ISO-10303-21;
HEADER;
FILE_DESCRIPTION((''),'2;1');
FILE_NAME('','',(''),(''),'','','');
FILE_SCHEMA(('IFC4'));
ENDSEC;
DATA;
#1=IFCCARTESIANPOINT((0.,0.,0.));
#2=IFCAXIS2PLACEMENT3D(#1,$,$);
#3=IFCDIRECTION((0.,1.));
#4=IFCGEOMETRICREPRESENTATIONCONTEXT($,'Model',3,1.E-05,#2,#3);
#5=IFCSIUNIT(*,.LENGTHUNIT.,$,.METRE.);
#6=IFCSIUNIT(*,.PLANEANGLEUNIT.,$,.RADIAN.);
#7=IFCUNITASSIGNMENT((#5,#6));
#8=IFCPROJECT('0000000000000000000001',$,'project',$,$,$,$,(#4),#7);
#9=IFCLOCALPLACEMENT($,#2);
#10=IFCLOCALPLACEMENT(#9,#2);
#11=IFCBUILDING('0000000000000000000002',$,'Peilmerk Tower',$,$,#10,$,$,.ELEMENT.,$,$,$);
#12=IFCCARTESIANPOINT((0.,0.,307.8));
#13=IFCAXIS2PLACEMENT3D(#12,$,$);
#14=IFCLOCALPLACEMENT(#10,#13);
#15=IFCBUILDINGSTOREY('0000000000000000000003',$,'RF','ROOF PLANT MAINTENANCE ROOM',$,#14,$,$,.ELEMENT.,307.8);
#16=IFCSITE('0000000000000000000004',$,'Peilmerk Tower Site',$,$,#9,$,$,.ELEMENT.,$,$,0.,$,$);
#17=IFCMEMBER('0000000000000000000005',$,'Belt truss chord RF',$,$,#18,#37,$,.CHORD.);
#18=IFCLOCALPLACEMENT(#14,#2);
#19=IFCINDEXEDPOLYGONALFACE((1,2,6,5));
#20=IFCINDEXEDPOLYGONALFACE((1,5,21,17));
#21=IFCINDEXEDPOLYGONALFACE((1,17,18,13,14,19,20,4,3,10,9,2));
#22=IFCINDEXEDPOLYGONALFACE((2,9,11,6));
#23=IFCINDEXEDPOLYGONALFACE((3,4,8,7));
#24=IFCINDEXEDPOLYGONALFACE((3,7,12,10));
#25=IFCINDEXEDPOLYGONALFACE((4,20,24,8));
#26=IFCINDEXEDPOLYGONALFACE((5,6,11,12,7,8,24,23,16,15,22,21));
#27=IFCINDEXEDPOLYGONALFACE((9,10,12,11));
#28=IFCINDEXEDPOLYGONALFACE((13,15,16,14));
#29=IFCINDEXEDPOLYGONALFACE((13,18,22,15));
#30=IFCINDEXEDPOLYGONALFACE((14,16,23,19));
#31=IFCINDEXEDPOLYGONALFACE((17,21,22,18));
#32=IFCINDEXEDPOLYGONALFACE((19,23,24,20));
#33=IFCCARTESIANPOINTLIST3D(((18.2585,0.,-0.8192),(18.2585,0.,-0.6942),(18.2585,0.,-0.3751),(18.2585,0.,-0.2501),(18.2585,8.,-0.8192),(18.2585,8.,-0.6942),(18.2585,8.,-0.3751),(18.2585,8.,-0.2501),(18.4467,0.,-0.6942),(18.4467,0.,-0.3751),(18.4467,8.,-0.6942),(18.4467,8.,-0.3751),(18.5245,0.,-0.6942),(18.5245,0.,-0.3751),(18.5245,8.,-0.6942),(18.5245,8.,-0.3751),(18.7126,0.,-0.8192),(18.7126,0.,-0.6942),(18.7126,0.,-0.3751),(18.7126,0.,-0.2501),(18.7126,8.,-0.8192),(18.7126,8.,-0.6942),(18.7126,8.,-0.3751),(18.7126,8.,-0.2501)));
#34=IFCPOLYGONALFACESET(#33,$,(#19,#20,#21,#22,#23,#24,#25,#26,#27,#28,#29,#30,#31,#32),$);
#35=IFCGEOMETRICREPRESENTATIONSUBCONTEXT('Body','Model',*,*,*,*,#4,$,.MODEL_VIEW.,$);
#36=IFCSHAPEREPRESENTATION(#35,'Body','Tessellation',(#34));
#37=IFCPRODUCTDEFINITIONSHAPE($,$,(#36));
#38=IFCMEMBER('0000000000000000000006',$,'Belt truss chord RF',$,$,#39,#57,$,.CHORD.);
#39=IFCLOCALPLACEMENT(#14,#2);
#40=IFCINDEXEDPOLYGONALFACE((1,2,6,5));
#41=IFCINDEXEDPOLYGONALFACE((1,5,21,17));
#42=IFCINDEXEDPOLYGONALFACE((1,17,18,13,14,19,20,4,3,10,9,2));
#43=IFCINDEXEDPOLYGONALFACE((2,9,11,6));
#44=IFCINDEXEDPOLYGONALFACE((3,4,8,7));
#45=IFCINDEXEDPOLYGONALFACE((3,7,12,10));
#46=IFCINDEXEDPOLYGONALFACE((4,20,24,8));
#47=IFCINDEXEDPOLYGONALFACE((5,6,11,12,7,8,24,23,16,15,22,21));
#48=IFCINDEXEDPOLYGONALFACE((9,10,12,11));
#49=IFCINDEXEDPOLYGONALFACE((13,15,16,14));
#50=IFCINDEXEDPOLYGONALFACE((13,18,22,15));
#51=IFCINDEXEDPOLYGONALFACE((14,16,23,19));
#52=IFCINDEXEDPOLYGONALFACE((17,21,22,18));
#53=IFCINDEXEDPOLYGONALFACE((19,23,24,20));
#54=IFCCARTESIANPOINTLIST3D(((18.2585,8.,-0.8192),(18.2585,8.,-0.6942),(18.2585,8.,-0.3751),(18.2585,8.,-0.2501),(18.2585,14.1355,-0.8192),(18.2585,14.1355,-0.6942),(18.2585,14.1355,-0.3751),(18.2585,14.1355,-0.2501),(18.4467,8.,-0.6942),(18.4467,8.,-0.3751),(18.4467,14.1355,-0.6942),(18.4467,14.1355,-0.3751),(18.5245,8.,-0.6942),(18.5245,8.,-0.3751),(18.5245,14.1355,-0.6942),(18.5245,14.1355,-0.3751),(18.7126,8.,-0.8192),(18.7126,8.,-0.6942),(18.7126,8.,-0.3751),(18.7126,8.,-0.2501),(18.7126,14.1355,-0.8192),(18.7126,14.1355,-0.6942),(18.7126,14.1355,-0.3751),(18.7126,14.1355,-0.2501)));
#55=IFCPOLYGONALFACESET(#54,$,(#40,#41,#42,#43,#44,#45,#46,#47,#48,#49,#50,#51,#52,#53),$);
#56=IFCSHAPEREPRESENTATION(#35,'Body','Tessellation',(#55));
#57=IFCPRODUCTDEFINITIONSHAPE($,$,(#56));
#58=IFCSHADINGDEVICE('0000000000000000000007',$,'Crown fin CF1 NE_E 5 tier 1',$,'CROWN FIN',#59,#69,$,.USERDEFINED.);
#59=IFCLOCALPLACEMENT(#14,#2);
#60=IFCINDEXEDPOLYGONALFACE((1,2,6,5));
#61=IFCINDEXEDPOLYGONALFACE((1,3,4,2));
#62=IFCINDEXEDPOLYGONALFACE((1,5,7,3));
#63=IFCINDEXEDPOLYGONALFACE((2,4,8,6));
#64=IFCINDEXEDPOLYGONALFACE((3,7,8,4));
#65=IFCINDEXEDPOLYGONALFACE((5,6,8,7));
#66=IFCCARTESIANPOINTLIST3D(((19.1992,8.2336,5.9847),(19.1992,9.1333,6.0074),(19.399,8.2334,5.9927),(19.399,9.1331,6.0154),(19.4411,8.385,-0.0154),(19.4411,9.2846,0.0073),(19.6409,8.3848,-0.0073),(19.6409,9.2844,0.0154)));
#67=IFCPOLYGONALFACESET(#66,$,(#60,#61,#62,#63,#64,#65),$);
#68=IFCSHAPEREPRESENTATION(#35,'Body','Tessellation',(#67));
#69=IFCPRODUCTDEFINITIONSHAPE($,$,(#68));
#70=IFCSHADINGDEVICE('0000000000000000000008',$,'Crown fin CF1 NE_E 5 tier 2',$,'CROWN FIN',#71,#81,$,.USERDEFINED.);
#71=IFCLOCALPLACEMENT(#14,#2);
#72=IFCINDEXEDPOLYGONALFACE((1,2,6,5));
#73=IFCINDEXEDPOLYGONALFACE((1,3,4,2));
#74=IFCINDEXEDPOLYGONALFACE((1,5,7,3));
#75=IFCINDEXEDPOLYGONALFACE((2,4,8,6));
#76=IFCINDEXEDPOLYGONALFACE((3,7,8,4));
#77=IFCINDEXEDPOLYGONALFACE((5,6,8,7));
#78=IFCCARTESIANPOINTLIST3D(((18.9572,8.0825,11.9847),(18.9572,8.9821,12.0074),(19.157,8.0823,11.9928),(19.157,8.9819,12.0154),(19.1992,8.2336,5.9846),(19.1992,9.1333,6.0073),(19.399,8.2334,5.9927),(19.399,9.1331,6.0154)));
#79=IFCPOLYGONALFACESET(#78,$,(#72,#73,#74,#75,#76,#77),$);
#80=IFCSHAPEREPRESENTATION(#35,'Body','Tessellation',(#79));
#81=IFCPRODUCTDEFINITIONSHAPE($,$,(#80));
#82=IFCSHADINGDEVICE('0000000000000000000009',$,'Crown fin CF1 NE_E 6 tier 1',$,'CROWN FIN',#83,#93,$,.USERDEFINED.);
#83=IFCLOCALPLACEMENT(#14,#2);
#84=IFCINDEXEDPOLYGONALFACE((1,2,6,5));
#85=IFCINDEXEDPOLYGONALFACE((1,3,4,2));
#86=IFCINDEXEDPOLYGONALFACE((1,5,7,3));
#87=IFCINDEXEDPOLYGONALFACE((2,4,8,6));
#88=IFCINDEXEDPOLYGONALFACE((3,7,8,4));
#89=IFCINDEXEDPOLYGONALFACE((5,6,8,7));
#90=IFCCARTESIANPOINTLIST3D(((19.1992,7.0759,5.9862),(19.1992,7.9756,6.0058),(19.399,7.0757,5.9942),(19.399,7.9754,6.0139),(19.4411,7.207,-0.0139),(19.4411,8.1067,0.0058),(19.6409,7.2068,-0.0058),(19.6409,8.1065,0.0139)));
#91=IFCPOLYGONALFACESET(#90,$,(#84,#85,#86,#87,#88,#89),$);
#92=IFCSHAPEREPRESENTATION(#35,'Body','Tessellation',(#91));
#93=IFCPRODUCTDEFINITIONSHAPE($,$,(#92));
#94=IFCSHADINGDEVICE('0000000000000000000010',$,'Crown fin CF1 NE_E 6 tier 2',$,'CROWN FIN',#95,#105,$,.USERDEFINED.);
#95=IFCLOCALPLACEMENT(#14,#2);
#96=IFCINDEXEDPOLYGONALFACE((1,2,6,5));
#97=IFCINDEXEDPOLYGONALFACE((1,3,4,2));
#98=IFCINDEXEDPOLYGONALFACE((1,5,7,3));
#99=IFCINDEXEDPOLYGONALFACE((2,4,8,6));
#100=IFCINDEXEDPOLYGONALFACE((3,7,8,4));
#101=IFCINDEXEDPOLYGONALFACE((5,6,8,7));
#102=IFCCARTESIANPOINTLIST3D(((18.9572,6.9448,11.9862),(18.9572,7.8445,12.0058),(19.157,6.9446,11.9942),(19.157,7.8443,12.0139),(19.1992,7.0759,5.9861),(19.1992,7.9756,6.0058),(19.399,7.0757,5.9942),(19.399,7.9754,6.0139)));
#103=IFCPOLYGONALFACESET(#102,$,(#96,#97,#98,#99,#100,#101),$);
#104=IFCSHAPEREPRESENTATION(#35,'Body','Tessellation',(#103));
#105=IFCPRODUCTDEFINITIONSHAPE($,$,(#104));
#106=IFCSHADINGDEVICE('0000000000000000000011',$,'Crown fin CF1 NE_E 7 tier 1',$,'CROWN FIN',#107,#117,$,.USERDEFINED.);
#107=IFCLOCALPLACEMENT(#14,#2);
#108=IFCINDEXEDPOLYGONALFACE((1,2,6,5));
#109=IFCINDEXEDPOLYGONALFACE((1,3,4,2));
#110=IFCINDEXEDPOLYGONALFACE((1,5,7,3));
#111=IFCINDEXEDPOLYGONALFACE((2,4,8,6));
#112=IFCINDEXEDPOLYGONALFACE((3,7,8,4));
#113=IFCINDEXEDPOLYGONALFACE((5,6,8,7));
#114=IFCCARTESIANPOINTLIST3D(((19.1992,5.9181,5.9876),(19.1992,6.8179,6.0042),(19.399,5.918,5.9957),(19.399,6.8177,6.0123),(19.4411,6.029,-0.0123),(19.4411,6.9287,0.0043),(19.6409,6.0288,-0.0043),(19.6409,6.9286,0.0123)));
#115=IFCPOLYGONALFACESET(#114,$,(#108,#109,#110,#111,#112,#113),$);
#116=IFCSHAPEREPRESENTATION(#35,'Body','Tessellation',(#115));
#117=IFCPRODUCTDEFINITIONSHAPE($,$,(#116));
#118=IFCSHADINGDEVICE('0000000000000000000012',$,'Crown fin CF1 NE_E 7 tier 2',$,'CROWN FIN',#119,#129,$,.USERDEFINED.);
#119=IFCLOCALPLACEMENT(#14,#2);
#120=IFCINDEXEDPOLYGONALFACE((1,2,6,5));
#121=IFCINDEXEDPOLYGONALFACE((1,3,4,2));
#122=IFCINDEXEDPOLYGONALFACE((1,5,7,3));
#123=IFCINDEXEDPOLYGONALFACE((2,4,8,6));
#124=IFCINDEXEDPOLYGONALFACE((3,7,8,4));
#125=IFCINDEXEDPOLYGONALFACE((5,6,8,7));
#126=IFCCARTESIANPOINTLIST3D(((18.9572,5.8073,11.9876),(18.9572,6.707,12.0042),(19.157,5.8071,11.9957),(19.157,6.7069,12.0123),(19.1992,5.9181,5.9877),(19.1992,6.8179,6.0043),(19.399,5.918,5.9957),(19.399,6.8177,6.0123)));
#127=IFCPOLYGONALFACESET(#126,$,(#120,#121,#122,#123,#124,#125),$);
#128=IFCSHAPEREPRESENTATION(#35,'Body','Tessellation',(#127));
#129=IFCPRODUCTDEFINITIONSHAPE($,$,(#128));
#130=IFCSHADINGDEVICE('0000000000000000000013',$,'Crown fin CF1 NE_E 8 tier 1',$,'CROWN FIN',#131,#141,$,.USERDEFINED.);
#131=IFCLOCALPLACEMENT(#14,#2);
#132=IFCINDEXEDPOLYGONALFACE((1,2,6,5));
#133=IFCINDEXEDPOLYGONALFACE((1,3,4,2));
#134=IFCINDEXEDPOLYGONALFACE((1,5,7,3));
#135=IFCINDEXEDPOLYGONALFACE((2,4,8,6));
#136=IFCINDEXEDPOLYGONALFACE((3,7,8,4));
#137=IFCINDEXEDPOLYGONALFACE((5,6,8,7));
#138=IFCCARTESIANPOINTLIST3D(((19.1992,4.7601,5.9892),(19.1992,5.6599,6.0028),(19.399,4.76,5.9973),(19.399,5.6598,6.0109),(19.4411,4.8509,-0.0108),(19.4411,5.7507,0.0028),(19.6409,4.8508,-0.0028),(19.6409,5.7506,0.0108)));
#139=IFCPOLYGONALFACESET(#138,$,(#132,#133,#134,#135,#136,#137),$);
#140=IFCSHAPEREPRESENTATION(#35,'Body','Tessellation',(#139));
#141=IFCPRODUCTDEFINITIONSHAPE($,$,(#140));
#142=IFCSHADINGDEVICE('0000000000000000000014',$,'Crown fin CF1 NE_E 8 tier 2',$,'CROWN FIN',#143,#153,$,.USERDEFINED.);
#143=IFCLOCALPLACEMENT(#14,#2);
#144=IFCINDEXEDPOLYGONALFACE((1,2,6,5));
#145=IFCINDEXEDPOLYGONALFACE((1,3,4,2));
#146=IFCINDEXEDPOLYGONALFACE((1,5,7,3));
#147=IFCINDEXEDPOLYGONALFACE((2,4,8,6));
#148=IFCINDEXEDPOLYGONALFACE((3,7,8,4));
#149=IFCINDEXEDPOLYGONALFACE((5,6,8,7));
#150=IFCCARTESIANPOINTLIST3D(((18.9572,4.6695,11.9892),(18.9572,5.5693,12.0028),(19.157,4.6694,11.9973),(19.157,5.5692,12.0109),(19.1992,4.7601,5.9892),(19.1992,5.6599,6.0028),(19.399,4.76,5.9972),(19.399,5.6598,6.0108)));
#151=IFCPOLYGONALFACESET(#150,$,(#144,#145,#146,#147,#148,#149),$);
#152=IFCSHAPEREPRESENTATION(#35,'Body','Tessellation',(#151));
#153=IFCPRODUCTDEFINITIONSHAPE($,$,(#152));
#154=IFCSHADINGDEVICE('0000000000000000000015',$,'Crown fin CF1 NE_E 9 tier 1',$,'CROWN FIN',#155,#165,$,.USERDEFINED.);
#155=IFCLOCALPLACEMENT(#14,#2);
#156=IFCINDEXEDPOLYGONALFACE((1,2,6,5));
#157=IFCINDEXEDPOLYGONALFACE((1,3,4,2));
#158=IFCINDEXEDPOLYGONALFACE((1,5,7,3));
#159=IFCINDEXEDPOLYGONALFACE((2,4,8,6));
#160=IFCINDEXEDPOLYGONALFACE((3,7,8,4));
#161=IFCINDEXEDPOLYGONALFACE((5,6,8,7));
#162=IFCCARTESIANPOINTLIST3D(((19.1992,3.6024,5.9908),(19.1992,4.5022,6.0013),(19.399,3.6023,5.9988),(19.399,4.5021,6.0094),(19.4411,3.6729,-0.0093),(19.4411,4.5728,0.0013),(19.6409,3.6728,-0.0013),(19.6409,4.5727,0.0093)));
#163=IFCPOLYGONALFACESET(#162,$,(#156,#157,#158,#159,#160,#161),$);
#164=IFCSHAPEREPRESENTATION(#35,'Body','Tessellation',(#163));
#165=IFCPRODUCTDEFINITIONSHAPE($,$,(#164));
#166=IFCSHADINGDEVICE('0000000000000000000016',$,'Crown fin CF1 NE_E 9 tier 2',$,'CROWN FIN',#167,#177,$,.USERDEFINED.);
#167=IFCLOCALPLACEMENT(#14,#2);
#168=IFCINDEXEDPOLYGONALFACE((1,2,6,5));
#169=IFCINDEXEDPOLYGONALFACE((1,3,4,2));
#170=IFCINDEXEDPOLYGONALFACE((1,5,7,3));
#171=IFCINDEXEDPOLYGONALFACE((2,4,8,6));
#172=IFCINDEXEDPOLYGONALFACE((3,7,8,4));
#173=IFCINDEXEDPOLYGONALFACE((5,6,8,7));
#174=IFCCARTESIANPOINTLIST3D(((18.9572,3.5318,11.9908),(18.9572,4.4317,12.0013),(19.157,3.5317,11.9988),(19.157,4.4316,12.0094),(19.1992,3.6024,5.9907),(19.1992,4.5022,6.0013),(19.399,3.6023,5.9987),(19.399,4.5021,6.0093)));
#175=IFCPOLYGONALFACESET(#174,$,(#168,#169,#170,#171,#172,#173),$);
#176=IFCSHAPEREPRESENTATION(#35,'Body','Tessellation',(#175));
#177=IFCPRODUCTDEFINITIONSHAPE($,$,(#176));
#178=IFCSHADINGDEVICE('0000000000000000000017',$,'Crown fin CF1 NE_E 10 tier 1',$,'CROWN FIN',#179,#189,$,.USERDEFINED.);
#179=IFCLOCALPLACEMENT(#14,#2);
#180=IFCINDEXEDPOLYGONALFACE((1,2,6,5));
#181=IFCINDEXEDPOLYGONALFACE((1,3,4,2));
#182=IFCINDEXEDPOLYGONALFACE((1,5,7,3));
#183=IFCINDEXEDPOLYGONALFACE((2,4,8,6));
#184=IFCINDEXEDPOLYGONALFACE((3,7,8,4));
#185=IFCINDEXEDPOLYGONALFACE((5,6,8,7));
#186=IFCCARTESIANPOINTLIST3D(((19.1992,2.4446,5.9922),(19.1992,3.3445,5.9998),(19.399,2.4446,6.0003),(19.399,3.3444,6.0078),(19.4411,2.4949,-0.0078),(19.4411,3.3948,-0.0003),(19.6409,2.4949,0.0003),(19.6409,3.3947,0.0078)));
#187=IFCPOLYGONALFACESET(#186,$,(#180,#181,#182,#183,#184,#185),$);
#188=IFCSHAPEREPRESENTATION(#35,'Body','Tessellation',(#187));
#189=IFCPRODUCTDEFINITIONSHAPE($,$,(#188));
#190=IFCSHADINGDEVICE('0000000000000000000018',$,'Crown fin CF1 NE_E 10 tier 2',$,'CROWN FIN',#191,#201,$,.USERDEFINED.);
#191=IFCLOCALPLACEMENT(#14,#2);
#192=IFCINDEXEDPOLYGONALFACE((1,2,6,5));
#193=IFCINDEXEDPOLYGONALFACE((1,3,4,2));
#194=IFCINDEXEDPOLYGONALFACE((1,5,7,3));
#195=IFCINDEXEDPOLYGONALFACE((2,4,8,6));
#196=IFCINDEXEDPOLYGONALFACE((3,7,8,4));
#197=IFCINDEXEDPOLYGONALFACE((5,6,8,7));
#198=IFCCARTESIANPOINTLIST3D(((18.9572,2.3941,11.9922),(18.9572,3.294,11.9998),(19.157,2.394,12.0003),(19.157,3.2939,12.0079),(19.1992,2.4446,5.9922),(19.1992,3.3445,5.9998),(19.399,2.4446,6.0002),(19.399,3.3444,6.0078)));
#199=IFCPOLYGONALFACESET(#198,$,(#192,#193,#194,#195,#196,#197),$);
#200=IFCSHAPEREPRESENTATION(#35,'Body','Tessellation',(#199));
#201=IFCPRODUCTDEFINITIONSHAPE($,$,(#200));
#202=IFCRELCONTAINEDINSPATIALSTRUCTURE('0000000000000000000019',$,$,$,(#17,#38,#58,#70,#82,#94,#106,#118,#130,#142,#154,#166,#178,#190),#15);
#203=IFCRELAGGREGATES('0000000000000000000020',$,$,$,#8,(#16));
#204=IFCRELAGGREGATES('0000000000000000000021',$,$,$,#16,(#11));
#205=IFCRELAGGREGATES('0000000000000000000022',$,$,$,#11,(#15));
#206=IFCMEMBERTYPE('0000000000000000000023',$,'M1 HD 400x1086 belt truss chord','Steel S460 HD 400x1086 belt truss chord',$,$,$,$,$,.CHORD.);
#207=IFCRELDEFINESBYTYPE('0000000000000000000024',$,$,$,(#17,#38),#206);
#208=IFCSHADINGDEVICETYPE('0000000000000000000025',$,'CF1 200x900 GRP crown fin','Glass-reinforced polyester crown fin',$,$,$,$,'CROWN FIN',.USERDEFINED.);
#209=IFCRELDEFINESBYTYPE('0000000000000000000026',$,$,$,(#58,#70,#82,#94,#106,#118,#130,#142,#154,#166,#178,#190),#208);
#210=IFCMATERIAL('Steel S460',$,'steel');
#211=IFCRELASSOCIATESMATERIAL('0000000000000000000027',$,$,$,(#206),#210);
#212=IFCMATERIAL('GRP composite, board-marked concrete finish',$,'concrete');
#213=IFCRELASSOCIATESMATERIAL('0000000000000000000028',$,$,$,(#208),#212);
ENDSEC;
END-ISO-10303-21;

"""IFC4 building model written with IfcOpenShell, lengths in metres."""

from ifc_helpers import new_model, si_unit, direction, frame, origin, origin_2d, place, context, subcontext, project, spatial, rectangle, i_section, extrude, source, transform, mapped, material, material_profile, profile_set, type_object, element, save


model = new_model("IFC4")

# Units and contexts
model_context = context("Model", 3, precision=1e-05, world=origin(), true_north=direction((0.0, 1.0)))
body_context = subcontext(model_context, "Body", "Model", "MODEL_VIEW")
ifc_project = project(units=[si_unit("LENGTHUNIT", "METRE"), si_unit("PLANEANGLEUNIT", "RADIAN")], contexts=[model_context])

# Site, building, storey
site_placement = place(None, origin())
site = spatial("IfcSite", under=ifc_project, at=site_placement, Name="Peilmerk Tower Site", CompositionType="ELEMENT", RefElevation=0.0)
building_placement = place(site_placement, origin())
building = spatial("IfcBuilding", under=site, at=building_placement, Name="Peilmerk Tower", CompositionType="ELEMENT")
storey_placement = place(building_placement, frame((0.0, 0.0, 307.8)))
storey = spatial("IfcBuildingStorey", under=building, at=storey_placement, Name="RF", Description="ROOF PLANT MAINTENANCE ROOM", CompositionType="ELEMENT", Elevation=307.8)

# Members
ifc_material_1 = material(Name="Steel S460", Category="steel")
ifc_material_profile_1 = material_profile(ifc_material_1, i_section(OverallWidth=0.4541, OverallDepth=0.5691, WebThickness=0.0779, FlangeThickness=0.125, at=origin_2d()), Name="HD 400x1086")
ifc_profile_set_1 = profile_set([ifc_material_profile_1], Name="Steel S460")
member_type = type_object("IfcMemberType", Name="M1 HD 400x1086 belt truss chord", Description="Steel S460 HD 400x1086 belt truss chord", PredefinedType="CHORD", material=ifc_profile_set_1)
member_1_placement = place(storey_placement, frame((18.4856, 0.0, -0.5347), z_axis=(0.0, 1.0, 0.0), x_axis=(-1.0, 0.0, 0.0)))
element("IfcMember", 1, at=member_1_placement, inside=storey, type_object=member_type, Name="Belt truss chord RF", PredefinedType="CHORD", context=body_context, shape_type="SweptSolid", body=[
    extrude(i_section(OverallWidth=0.4541, OverallDepth=0.5691, WebThickness=0.0779, FlangeThickness=0.125, at=origin_2d()), origin(), (0.0, 0.0, 1.0), 8.0),
])
member_2_placement = place(storey_placement, frame((18.4856, 8.0, -0.5347), z_axis=(0.0, 1.0, 0.0), x_axis=(-1.0, 0.0, 0.0)))
element("IfcMember", 2, at=member_2_placement, inside=storey, type_object=member_type, Name="Belt truss chord RF", PredefinedType="CHORD", context=body_context, shape_type="SweptSolid", body=[
    extrude(i_section(OverallWidth=0.4541, OverallDepth=0.5691, WebThickness=0.0779, FlangeThickness=0.125, at=origin_2d()), origin(), (0.0, 0.0, 1.0), 6.1355),
])

# Shading devices
ifc_material_2 = material(Name="GRP composite, board-marked concrete finish", Category="concrete")
ifc_material_profile_2 = material_profile(ifc_material_2, rectangle(XDim=0.2, YDim=0.8999, at=origin_2d()), Name="CF1 200x900")
ifc_profile_set_2 = profile_set([ifc_material_profile_2], Name="GRP composite, board-marked concrete finish")
shading_device_type = type_object("IfcShadingDeviceType", Name="CF1 200x900 GRP crown fin", Description="Glass-reinforced polyester crown fin", ElementType="CROWN FIN", PredefinedType="USERDEFINED", material=ifc_profile_set_2)
shared_shape_1 = source(origin(), body_context, "Body", "SweptSolid", [
    extrude(rectangle(XDim=0.2, YDim=0.8999, at=origin_2d()), origin(), (0.0, 0.0, 1.0), 6.0068),
])
for number, where, z_axis, x_axis, name in (
    (3, (19.541, 8.8347, 0.0), (-0.040278, -0.025199, 0.998871), (0.999188, -0.001016, 0.040266), "Crown fin CF1 NE_E 5 tier 1"),
    (4, (19.2991, 8.6833, 6.0), (-0.040278, -0.025159, 0.998872), (0.999188, -0.001014, 0.040266), "Crown fin CF1 NE_E 5 tier 2"),
):
    element("IfcShadingDevice", number, at=place(storey_placement, frame(where, z_axis=z_axis, x_axis=x_axis)), inside=storey, type_object=shading_device_type, Name=name, ObjectType="CROWN FIN", PredefinedType="USERDEFINED", context=body_context, shape_type="MappedRepresentation", body=[
        mapped(shared_shape_1, transform((0.0, 0.0, 0.0), scale=1.0)),
    ])
shared_shape_2 = source(origin(), body_context, "Body", "SweptSolid", [
    extrude(rectangle(XDim=0.2, YDim=0.8999, at=origin_2d()), origin(), (0.0, 0.0, 1.0), 6.0063),
])
for number, where, z_axis, x_axis, name in (
    (5, (19.541, 7.6567, 0.0), (-0.040282, -0.021828, 0.99895), (0.999188, -0.00088, 0.040272), "Crown fin CF1 NE_E 6 tier 1"),
    (6, (19.2991, 7.5256, 6.0), (-0.040282, -0.021828, 0.99895), (0.999188, -0.00088, 0.040272), "Crown fin CF1 NE_E 6 tier 2"),
):
    element("IfcShadingDevice", number, at=place(storey_placement, frame(where, z_axis=z_axis, x_axis=x_axis)), inside=storey, type_object=shading_device_type, Name=name, ObjectType="CROWN FIN", PredefinedType="USERDEFINED", context=body_context, shape_type="MappedRepresentation", body=[
        mapped(shared_shape_2, transform((0.0, 0.0, 0.0), scale=1.0)),
    ])
shared_shape_3 = source(origin(), body_context, "Body", "SweptSolid", [
    extrude(rectangle(XDim=0.2, YDim=0.8999, at=origin_2d()), origin(), (0.0, 0.0, 1.0), 6.0059),
])
for number, where, z_axis, x_axis, name in (
    (7, (19.541, 6.4788, 0.0), (-0.040284, -0.018455, 0.999018), (0.999188, -0.000744, 0.040277), "Crown fin CF1 NE_E 7 tier 1"),
    (8, (19.2991, 6.3679, 6.0), (-0.040284, -0.018455, 0.999018), (0.999188, -0.000744, 0.040277), "Crown fin CF1 NE_E 7 tier 2"),
):
    element("IfcShadingDevice", number, at=place(storey_placement, frame(where, z_axis=z_axis, x_axis=x_axis)), inside=storey, type_object=shading_device_type, Name=name, ObjectType="CROWN FIN", PredefinedType="USERDEFINED", context=body_context, shape_type="MappedRepresentation", body=[
        mapped(shared_shape_3, transform((0.0, 0.0, 0.0), scale=1.0)),
    ])
shared_shape_4 = source(origin(), body_context, "Body", "SweptSolid", [
    extrude(rectangle(XDim=0.2, YDim=0.8999, at=origin_2d()), origin(), (0.0, 0.0, 1.0), 6.0056),
])
for number, where, z_axis, x_axis, name in (
    (9, (19.541, 5.3008, 0.0), (-0.040287, -0.015123, 0.999074), (0.999188, -0.00061, 0.040282), "Crown fin CF1 NE_E 8 tier 1"),
    (10, (19.2991, 5.21, 6.0), (-0.040287, -0.015082, 0.999074), (0.999188, -0.000608, 0.040282), "Crown fin CF1 NE_E 8 tier 2"),
):
    element("IfcShadingDevice", number, at=place(storey_placement, frame(where, z_axis=z_axis, x_axis=x_axis)), inside=storey, type_object=shading_device_type, Name=name, ObjectType="CROWN FIN", PredefinedType="USERDEFINED", context=body_context, shape_type="MappedRepresentation", body=[
        mapped(shared_shape_4, transform((0.0, 0.0, 0.0), scale=1.0)),
    ])
shared_shape_5 = source(origin(), body_context, "Body", "SweptSolid", [
    extrude(rectangle(XDim=0.2, YDim=0.8999, at=origin_2d()), origin(), (0.0, 0.0, 1.0), 6.0054),
])
for number, where, z_axis, x_axis, name in (
    (11, (19.541, 4.1228, 0.0), (-0.040288, -0.011749, 0.999119), (0.999188, -0.000474, 0.040286), "Crown fin CF1 NE_E 9 tier 1"),
    (12, (19.2991, 4.0522, 6.0), (-0.040288, -0.011749, 0.999119), (0.999188, -0.000474, 0.040286), "Crown fin CF1 NE_E 9 tier 2"),
):
    element("IfcShadingDevice", number, at=place(storey_placement, frame(where, z_axis=z_axis, x_axis=x_axis)), inside=storey, type_object=shading_device_type, Name=name, ObjectType="CROWN FIN", PredefinedType="USERDEFINED", context=body_context, shape_type="MappedRepresentation", body=[
        mapped(shared_shape_5, transform((0.0, 0.0, 0.0), scale=1.0)),
    ])
shared_shape_6 = source(origin(), body_context, "Body", "SweptSolid", [
    extrude(rectangle(XDim=0.2, YDim=0.8999, at=origin_2d()), origin(), (0.0, 0.0, 1.0), 6.0051),
])
for number, where, z_axis, x_axis, name in (
    (13, (19.541, 2.9448, 0.0), (-0.04029, -0.008375, 0.999153), (0.999188, -0.000338, 0.040288), "Crown fin CF1 NE_E 10 tier 1"),
    (14, (19.2991, 2.8945, 6.0), (-0.04029, -0.008416, 0.999153), (0.999188, -0.000339, 0.040288), "Crown fin CF1 NE_E 10 tier 2"),
):
    element("IfcShadingDevice", number, at=place(storey_placement, frame(where, z_axis=z_axis, x_axis=x_axis)), inside=storey, type_object=shading_device_type, Name=name, ObjectType="CROWN FIN", PredefinedType="USERDEFINED", context=body_context, shape_type="MappedRepresentation", body=[
        mapped(shared_shape_6, transform((0.0, 0.0, 0.0), scale=1.0)),
    ])

save(model, "model.ifc")
